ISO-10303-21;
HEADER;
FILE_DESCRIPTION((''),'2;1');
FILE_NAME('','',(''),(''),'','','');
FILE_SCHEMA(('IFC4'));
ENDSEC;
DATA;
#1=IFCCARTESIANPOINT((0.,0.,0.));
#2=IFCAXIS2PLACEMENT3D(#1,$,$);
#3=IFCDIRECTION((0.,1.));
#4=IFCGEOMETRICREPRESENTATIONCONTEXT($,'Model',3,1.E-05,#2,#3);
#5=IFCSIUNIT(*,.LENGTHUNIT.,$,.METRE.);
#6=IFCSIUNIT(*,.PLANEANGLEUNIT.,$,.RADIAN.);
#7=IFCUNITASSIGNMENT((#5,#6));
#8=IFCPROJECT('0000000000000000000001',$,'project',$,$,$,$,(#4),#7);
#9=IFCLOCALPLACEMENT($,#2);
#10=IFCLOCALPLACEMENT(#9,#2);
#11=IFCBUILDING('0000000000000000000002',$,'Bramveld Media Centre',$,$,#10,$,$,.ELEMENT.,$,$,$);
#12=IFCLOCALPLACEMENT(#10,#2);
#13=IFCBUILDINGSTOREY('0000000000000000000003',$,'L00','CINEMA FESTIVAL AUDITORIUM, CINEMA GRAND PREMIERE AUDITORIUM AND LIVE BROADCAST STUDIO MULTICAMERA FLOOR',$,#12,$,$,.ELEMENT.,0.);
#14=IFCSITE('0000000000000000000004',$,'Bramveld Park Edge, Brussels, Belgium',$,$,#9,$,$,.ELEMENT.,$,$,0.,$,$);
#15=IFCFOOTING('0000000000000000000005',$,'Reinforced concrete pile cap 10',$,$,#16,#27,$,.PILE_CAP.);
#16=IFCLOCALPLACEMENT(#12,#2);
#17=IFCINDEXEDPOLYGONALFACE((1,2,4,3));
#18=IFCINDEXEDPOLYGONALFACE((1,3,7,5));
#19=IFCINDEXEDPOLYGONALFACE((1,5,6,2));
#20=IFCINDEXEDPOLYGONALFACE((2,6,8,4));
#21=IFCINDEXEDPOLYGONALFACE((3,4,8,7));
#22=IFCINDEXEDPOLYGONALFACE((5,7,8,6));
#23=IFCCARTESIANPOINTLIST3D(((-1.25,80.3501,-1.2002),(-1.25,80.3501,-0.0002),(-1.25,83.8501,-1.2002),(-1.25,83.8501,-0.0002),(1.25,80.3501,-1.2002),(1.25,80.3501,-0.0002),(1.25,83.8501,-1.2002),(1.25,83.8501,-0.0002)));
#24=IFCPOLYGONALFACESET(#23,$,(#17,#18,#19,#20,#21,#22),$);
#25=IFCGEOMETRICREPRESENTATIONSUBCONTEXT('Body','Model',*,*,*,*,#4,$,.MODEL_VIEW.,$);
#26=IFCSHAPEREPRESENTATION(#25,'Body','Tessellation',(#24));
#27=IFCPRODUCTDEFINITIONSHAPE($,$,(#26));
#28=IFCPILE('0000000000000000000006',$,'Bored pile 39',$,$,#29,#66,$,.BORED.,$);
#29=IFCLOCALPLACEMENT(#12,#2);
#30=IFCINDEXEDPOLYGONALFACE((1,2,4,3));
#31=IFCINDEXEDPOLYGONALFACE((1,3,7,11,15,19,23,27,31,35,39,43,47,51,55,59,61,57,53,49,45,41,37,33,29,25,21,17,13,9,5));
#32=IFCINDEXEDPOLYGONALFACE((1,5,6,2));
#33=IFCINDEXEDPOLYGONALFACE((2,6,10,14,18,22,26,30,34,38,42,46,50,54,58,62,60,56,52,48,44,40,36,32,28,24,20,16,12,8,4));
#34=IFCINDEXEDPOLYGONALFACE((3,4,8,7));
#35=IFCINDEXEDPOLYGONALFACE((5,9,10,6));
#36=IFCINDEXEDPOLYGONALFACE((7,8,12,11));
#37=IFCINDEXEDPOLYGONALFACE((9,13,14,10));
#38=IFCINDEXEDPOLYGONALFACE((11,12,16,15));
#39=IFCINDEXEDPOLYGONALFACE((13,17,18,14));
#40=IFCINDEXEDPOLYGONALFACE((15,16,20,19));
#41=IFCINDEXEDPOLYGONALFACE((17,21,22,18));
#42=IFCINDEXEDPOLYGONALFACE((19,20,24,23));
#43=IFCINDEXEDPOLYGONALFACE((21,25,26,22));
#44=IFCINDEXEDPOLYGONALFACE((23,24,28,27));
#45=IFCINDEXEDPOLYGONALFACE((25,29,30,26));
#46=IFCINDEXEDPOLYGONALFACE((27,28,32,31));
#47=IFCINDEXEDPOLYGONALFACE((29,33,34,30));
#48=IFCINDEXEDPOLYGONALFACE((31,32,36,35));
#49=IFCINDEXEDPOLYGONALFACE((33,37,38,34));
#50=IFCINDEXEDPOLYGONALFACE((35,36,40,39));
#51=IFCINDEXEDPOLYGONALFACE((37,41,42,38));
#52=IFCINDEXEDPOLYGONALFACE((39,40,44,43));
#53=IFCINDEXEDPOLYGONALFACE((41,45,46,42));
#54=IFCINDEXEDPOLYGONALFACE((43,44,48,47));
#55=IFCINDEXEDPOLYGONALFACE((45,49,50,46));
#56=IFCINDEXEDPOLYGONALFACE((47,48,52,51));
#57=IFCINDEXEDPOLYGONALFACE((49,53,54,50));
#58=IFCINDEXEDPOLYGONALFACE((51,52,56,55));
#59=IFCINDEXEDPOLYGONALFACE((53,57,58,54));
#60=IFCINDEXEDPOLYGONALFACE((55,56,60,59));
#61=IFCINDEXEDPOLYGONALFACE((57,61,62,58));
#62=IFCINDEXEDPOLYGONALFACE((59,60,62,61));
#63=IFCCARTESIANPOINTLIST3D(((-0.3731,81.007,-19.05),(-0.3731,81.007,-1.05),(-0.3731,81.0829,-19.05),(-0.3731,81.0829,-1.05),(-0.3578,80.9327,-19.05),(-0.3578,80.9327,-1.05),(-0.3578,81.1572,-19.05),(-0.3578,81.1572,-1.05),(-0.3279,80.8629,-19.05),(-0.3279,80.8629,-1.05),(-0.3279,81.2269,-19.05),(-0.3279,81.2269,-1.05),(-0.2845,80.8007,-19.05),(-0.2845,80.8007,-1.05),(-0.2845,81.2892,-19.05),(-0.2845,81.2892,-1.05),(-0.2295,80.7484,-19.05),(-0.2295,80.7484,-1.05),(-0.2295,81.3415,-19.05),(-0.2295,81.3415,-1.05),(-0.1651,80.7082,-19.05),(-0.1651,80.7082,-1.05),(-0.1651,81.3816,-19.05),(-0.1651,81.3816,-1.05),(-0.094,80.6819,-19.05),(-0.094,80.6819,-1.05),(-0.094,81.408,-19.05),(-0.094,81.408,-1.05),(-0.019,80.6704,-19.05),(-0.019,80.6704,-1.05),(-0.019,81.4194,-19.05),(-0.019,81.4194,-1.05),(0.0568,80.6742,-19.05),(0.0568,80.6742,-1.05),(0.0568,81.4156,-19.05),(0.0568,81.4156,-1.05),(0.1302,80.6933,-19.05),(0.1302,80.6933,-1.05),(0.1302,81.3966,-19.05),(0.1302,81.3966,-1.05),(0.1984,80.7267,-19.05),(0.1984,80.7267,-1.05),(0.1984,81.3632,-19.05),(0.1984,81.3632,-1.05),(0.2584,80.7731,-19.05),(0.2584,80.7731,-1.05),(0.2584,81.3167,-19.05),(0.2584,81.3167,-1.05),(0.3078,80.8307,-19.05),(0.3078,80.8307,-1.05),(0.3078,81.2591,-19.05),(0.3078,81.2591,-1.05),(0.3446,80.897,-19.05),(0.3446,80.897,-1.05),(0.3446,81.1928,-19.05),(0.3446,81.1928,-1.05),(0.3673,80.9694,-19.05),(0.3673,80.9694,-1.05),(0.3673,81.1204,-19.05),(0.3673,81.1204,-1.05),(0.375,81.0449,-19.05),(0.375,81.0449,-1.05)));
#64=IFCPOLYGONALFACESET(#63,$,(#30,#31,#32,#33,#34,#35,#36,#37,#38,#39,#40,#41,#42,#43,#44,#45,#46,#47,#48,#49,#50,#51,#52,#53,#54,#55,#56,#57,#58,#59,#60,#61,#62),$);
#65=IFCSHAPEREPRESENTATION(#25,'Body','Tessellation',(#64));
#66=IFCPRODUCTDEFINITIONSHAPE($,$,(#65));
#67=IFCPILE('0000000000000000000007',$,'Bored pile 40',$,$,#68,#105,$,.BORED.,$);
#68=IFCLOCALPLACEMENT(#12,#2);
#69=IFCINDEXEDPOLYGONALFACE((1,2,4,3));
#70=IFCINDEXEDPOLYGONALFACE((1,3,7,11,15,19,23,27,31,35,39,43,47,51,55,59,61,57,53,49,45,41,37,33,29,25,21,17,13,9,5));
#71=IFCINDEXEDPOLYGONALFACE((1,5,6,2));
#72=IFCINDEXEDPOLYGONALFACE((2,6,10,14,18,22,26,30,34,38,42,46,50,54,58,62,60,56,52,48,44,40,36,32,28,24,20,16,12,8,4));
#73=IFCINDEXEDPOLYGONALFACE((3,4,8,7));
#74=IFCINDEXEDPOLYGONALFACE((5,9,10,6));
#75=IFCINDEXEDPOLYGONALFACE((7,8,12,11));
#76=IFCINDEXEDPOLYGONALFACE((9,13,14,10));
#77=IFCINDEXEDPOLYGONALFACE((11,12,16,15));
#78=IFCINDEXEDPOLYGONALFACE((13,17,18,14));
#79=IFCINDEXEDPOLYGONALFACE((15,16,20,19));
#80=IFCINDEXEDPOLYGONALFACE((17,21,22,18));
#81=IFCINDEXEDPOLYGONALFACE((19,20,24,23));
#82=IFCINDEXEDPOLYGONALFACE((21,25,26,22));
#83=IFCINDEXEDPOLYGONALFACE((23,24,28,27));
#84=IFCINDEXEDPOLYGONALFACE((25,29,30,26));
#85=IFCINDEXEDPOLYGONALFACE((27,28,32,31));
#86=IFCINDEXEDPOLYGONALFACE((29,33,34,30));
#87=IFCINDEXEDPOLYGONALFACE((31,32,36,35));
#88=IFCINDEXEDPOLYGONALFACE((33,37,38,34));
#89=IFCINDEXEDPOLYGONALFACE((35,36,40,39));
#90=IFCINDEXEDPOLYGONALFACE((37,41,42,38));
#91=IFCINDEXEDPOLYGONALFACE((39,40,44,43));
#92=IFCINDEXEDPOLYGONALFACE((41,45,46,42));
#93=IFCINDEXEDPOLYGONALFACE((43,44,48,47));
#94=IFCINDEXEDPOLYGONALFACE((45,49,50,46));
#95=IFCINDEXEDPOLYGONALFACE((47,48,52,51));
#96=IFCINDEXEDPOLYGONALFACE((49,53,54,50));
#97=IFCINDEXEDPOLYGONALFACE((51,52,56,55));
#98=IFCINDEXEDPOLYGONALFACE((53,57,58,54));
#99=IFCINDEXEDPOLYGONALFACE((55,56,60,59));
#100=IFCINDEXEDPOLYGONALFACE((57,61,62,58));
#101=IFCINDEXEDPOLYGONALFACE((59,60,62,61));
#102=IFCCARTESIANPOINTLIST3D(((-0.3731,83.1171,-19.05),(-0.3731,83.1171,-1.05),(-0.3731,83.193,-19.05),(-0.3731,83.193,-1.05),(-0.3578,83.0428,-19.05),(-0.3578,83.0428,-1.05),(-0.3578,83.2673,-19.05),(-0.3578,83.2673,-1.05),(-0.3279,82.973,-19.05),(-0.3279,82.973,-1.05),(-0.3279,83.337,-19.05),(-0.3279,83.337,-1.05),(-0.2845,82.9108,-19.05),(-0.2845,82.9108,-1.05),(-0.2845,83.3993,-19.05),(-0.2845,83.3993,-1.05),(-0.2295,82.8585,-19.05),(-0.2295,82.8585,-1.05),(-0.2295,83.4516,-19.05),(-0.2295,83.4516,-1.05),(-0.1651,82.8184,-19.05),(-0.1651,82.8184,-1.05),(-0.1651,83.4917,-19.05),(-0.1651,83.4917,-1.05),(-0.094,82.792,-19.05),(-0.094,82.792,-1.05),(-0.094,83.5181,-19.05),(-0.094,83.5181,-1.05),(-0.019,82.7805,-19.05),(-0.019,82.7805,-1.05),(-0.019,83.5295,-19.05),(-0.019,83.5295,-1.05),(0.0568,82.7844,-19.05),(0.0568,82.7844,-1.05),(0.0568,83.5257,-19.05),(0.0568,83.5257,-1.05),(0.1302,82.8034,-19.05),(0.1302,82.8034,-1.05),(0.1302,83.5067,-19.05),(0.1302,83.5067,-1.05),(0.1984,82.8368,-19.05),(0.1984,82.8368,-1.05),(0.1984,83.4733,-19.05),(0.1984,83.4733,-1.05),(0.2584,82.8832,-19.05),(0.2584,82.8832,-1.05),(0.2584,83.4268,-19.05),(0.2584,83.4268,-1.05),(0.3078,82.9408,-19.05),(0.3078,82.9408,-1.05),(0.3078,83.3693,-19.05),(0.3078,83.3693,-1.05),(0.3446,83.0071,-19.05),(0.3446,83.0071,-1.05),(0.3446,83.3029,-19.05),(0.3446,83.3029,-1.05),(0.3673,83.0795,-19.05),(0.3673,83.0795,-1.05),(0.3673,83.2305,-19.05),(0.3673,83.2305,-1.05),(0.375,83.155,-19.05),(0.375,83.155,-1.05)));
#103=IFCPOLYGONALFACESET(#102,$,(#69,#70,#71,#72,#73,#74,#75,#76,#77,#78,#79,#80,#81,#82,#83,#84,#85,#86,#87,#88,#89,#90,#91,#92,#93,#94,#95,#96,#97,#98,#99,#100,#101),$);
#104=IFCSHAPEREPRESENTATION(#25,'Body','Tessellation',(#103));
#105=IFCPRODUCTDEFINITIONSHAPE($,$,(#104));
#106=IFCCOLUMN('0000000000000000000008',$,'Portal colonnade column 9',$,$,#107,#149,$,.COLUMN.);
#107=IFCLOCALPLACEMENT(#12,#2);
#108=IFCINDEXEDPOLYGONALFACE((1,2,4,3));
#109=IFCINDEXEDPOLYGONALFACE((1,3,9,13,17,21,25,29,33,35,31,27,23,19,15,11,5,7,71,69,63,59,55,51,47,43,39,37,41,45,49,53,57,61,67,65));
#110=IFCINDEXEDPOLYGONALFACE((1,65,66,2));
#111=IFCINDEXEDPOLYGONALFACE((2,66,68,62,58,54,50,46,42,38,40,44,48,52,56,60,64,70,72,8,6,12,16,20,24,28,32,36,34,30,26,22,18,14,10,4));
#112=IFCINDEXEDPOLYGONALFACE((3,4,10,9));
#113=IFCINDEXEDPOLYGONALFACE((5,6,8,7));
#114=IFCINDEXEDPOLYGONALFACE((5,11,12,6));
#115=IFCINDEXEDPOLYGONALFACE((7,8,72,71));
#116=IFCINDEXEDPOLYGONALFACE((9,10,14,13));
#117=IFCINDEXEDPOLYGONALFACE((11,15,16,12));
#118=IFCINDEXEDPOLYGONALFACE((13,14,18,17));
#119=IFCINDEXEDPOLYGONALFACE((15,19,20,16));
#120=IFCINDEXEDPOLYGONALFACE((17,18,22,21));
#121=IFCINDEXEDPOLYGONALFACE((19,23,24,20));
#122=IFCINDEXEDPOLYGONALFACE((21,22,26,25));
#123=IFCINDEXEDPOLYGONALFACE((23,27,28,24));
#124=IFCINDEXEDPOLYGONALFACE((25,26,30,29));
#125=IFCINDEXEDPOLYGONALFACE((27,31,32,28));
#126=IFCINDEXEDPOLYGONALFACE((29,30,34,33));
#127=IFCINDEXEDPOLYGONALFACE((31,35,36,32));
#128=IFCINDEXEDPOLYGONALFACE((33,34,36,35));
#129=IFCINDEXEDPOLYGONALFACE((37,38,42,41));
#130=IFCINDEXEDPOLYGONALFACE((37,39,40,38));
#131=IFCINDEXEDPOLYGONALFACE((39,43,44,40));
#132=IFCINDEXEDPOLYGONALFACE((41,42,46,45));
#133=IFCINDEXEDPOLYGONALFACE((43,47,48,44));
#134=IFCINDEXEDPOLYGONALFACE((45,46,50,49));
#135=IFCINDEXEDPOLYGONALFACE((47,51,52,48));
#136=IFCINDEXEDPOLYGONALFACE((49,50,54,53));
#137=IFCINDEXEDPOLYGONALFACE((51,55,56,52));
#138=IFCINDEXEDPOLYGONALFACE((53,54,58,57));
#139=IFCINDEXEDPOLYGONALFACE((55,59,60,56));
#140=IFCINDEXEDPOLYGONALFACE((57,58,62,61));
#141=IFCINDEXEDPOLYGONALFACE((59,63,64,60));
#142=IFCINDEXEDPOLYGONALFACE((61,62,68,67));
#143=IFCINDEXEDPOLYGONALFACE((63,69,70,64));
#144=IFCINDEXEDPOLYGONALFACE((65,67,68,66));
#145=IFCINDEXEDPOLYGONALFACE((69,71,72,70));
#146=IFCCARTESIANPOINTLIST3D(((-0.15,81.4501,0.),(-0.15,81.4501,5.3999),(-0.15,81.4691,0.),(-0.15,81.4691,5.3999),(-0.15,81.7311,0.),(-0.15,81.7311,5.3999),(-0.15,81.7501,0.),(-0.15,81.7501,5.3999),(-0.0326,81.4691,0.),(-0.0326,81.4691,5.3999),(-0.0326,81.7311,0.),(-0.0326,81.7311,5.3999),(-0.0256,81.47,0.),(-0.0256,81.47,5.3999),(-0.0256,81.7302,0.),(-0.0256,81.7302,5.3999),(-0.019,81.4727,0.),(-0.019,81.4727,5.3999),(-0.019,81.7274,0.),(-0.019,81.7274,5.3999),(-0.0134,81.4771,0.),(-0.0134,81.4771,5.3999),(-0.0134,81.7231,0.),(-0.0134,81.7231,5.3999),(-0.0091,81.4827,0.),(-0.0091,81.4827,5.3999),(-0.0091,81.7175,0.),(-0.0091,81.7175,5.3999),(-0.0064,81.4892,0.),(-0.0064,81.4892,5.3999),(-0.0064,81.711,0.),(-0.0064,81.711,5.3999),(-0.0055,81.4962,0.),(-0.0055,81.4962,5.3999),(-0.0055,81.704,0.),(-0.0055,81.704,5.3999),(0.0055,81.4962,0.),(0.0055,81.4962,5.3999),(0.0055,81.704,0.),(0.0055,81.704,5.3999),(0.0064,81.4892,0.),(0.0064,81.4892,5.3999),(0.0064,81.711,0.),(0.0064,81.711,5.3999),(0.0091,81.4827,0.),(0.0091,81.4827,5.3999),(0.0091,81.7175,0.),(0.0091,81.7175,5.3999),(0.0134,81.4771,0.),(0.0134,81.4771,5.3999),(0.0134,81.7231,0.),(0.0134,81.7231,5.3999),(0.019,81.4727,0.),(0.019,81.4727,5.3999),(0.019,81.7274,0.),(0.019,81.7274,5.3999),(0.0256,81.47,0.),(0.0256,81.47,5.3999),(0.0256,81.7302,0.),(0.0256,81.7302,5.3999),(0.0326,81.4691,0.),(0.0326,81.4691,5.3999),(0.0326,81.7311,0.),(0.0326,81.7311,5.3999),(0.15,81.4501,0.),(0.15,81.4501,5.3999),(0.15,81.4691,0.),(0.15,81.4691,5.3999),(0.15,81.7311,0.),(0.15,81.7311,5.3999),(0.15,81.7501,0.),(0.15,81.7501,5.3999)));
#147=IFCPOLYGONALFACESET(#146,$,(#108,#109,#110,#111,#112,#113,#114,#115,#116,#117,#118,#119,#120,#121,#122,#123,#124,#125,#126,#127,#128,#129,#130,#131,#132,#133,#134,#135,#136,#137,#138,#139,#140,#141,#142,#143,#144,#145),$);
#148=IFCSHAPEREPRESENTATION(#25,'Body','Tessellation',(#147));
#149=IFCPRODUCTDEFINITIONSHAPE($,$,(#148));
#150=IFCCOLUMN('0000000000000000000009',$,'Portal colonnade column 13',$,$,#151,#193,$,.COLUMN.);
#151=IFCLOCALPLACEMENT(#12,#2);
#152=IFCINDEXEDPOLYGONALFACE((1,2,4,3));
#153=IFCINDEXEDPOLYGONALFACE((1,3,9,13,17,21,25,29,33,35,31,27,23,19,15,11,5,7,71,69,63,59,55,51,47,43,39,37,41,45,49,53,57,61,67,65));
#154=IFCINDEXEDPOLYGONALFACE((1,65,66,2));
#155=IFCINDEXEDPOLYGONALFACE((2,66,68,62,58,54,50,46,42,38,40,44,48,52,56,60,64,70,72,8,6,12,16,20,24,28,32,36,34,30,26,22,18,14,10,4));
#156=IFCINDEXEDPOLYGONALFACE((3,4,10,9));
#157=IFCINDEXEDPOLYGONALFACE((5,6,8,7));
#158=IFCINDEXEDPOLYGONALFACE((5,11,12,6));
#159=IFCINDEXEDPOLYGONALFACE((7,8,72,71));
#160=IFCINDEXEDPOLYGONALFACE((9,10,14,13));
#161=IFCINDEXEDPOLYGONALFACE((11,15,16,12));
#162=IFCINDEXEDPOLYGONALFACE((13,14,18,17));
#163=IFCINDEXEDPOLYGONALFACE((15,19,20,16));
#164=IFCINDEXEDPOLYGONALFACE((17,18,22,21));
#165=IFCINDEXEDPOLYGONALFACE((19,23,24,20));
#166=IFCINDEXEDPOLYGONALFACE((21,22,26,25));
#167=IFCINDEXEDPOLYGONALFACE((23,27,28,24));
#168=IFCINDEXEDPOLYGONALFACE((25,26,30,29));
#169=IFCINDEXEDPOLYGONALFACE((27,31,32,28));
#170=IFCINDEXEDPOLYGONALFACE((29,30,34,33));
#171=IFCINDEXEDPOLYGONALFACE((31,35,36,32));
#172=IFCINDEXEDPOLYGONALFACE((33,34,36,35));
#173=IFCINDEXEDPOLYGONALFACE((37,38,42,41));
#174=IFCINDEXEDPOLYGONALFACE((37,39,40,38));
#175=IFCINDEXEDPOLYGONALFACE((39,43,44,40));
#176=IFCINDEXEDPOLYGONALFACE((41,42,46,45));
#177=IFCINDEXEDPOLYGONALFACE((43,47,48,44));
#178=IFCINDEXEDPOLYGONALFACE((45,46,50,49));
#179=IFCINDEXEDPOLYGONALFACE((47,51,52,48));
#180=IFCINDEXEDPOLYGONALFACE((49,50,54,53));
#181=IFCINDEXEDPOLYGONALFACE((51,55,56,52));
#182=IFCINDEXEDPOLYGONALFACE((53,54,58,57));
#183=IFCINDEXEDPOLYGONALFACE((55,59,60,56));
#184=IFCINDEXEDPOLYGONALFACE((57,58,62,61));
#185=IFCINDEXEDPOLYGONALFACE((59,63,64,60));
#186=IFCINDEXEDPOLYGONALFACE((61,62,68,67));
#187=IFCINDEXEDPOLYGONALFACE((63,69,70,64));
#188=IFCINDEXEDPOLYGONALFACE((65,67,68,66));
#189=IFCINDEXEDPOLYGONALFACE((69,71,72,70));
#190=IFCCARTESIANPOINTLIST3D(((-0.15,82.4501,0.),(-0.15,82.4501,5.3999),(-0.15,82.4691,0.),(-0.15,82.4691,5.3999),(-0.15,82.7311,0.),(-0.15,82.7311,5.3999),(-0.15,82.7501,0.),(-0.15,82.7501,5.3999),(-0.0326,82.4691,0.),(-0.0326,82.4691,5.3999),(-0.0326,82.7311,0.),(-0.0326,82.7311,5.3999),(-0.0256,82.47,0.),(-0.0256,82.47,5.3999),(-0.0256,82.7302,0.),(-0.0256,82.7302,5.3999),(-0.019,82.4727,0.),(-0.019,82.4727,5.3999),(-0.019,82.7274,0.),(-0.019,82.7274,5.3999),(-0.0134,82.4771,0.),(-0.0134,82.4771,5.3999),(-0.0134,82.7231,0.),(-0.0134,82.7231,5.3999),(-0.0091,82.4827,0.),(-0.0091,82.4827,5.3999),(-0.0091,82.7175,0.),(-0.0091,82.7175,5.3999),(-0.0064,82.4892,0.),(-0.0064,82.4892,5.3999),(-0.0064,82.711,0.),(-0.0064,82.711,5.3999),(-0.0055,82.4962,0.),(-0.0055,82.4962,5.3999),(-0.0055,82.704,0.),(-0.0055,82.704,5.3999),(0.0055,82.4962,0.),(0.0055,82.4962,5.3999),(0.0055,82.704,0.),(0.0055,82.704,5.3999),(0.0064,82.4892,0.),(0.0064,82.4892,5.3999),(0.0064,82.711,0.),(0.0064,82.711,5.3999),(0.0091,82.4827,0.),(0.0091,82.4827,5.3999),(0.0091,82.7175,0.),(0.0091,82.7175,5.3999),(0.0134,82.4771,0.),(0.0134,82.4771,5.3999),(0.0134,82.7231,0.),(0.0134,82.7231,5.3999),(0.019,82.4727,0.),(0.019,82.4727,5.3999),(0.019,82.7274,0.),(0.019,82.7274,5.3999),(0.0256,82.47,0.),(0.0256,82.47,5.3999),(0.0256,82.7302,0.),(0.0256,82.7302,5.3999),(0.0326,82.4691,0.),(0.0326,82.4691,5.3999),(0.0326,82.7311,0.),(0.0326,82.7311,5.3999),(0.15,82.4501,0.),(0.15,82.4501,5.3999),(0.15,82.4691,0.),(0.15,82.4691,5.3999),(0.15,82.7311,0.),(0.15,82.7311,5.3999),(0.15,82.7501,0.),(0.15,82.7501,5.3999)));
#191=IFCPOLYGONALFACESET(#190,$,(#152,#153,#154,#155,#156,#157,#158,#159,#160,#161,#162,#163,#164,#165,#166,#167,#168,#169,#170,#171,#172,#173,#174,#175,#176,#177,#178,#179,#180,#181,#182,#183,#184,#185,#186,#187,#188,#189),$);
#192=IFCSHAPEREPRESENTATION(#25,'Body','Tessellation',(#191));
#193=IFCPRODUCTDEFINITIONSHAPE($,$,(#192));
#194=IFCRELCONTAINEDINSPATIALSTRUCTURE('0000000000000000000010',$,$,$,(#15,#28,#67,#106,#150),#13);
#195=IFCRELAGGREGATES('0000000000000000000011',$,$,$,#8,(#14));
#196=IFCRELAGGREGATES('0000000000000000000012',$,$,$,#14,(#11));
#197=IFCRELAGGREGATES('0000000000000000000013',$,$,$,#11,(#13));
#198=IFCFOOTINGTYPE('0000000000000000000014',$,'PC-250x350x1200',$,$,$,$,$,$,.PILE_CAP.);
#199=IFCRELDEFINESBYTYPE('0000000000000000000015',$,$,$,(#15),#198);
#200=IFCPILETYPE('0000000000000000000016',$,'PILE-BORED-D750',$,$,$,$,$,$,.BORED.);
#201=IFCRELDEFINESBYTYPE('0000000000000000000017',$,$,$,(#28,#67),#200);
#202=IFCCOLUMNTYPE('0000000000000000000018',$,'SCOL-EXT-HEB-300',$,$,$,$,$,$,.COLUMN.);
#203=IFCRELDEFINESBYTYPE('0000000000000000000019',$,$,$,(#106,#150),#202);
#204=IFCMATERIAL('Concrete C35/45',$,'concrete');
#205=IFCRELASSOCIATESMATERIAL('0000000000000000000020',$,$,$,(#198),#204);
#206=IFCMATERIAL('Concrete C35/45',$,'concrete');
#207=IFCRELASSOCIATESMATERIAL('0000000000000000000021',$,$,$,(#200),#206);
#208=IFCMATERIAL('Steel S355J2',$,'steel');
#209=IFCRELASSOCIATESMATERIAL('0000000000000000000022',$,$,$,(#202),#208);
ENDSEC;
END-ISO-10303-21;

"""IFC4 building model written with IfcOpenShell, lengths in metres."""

from ifc_helpers import new_model, si_unit, direction, frame, origin, origin_2d, place, context, subcontext, project, spatial, rectangle, circle, i_section, extrude, material, material_profile, profile_set, type_object, element, save


model = new_model("IFC4")

# Units and contexts
model_context = context("Model", 3, precision=1e-05, world=origin(), true_north=direction((0.0, 1.0)))
body_context = subcontext(model_context, "Body", "Model", "MODEL_VIEW")
ifc_project = project(units=[si_unit("LENGTHUNIT", "METRE"), si_unit("PLANEANGLEUNIT", "RADIAN")], contexts=[model_context])

# Site, building, storey
site_placement = place(None, origin())
site = spatial("IfcSite", under=ifc_project, at=site_placement, Name="Bramveld Park Edge, Brussels, Belgium", CompositionType="ELEMENT", RefElevation=0.0)
building_placement = place(site_placement, origin())
building = spatial("IfcBuilding", under=site, at=building_placement, Name="Bramveld Media Centre", CompositionType="ELEMENT")
storey_placement = place(building_placement, origin())
storey = spatial("IfcBuildingStorey", under=building, at=storey_placement, Name="L00", Description="CINEMA FESTIVAL AUDITORIUM, CINEMA GRAND PREMIERE AUDITORIUM AND LIVE BROADCAST STUDIO MULTICAMERA FLOOR", CompositionType="ELEMENT", Elevation=0.0)

# Footing
ifc_material_1 = material(Name="Concrete C35/45", Category="concrete")
footing_type = type_object("IfcFootingType", Name="PC-250x350x1200", PredefinedType="PILE_CAP", material=ifc_material_1)
footing_placement = place(storey_placement, frame((0.0, 82.1001, -1.2002), z_axis=(0.0, 0.0, 1.0), x_axis=(1.0, 0.0, 0.0)))
element("IfcFooting", 1, at=footing_placement, inside=storey, type_object=footing_type, Name="Reinforced concrete pile cap 10", PredefinedType="PILE_CAP", context=body_context, shape_type="SweptSolid", body=[
    extrude(rectangle(XDim=2.5, YDim=3.5, at=origin_2d()), origin(), (0.0, 0.0, 1.0), 1.2),
])

# Piles
ifc_material_2 = material(Name="Concrete C35/45", Category="concrete")
ifc_material_profile_1 = material_profile(ifc_material_2, circle(Radius=0.375, at=origin_2d()), Name="BORED D750")
ifc_profile_set_1 = profile_set([ifc_material_profile_1], Name="Concrete C35/45")
pile_type = type_object("IfcPileType", Name="PILE-BORED-D750", PredefinedType="BORED", material=ifc_profile_set_1)
for number, where, z_axis, x_axis, name in (
    (2, (0.0, 81.0449, -1.05), (0.0, 0.0, -1.0), (1.0, 0.0, 0.0), "Bored pile 39"),
    (3, (0.0, 83.155, -1.05), (0.0, 0.0, -1.0), (1.0, 0.0, 0.0), "Bored pile 40"),
):
    element("IfcPile", number, at=place(storey_placement, frame(where, z_axis=z_axis, x_axis=x_axis)), inside=storey, type_object=pile_type, Name=name, PredefinedType="BORED", context=body_context, shape_type="SweptSolid", body=[
        extrude(circle(Radius=0.375, at=origin_2d()), origin(), (0.0, 0.0, 1.0), 18.0),
    ])

# Columns
ifc_material_3 = material(Name="Steel S355J2", Category="steel")
ifc_material_profile_2 = material_profile(ifc_material_3, i_section(OverallWidth=0.3, OverallDepth=0.3, WebThickness=0.011, FlangeThickness=0.019, FilletRadius=0.0271, at=origin_2d()), Name="HEB 300")
ifc_profile_set_2 = profile_set([ifc_material_profile_2], Name="Steel S355J2")
column_type = type_object("IfcColumnType", Name="SCOL-EXT-HEB-300", PredefinedType="COLUMN", material=ifc_profile_set_2)
for number, where, z_axis, x_axis, name in (
    (4, (0.0, 81.6001, 0.0), (0.0, 0.0, 1.0), (1.0, 0.0, 0.0), "Portal colonnade column 9"),
    (5, (0.0, 82.6001, 0.0), (0.0, 0.0, 1.0), (1.0, 0.0, 0.0), "Portal colonnade column 13"),
):
    element("IfcColumn", number, at=place(storey_placement, frame(where, z_axis=z_axis, x_axis=x_axis)), inside=storey, type_object=column_type, Name=name, PredefinedType="COLUMN", context=body_context, shape_type="SweptSolid", body=[
        extrude(i_section(OverallWidth=0.3, OverallDepth=0.3, WebThickness=0.011, FlangeThickness=0.019, FilletRadius=0.0271, at=origin_2d()), origin(), (0.0, 0.0, 1.0), 5.3999),
    ])

save(model, "model.ifc")
